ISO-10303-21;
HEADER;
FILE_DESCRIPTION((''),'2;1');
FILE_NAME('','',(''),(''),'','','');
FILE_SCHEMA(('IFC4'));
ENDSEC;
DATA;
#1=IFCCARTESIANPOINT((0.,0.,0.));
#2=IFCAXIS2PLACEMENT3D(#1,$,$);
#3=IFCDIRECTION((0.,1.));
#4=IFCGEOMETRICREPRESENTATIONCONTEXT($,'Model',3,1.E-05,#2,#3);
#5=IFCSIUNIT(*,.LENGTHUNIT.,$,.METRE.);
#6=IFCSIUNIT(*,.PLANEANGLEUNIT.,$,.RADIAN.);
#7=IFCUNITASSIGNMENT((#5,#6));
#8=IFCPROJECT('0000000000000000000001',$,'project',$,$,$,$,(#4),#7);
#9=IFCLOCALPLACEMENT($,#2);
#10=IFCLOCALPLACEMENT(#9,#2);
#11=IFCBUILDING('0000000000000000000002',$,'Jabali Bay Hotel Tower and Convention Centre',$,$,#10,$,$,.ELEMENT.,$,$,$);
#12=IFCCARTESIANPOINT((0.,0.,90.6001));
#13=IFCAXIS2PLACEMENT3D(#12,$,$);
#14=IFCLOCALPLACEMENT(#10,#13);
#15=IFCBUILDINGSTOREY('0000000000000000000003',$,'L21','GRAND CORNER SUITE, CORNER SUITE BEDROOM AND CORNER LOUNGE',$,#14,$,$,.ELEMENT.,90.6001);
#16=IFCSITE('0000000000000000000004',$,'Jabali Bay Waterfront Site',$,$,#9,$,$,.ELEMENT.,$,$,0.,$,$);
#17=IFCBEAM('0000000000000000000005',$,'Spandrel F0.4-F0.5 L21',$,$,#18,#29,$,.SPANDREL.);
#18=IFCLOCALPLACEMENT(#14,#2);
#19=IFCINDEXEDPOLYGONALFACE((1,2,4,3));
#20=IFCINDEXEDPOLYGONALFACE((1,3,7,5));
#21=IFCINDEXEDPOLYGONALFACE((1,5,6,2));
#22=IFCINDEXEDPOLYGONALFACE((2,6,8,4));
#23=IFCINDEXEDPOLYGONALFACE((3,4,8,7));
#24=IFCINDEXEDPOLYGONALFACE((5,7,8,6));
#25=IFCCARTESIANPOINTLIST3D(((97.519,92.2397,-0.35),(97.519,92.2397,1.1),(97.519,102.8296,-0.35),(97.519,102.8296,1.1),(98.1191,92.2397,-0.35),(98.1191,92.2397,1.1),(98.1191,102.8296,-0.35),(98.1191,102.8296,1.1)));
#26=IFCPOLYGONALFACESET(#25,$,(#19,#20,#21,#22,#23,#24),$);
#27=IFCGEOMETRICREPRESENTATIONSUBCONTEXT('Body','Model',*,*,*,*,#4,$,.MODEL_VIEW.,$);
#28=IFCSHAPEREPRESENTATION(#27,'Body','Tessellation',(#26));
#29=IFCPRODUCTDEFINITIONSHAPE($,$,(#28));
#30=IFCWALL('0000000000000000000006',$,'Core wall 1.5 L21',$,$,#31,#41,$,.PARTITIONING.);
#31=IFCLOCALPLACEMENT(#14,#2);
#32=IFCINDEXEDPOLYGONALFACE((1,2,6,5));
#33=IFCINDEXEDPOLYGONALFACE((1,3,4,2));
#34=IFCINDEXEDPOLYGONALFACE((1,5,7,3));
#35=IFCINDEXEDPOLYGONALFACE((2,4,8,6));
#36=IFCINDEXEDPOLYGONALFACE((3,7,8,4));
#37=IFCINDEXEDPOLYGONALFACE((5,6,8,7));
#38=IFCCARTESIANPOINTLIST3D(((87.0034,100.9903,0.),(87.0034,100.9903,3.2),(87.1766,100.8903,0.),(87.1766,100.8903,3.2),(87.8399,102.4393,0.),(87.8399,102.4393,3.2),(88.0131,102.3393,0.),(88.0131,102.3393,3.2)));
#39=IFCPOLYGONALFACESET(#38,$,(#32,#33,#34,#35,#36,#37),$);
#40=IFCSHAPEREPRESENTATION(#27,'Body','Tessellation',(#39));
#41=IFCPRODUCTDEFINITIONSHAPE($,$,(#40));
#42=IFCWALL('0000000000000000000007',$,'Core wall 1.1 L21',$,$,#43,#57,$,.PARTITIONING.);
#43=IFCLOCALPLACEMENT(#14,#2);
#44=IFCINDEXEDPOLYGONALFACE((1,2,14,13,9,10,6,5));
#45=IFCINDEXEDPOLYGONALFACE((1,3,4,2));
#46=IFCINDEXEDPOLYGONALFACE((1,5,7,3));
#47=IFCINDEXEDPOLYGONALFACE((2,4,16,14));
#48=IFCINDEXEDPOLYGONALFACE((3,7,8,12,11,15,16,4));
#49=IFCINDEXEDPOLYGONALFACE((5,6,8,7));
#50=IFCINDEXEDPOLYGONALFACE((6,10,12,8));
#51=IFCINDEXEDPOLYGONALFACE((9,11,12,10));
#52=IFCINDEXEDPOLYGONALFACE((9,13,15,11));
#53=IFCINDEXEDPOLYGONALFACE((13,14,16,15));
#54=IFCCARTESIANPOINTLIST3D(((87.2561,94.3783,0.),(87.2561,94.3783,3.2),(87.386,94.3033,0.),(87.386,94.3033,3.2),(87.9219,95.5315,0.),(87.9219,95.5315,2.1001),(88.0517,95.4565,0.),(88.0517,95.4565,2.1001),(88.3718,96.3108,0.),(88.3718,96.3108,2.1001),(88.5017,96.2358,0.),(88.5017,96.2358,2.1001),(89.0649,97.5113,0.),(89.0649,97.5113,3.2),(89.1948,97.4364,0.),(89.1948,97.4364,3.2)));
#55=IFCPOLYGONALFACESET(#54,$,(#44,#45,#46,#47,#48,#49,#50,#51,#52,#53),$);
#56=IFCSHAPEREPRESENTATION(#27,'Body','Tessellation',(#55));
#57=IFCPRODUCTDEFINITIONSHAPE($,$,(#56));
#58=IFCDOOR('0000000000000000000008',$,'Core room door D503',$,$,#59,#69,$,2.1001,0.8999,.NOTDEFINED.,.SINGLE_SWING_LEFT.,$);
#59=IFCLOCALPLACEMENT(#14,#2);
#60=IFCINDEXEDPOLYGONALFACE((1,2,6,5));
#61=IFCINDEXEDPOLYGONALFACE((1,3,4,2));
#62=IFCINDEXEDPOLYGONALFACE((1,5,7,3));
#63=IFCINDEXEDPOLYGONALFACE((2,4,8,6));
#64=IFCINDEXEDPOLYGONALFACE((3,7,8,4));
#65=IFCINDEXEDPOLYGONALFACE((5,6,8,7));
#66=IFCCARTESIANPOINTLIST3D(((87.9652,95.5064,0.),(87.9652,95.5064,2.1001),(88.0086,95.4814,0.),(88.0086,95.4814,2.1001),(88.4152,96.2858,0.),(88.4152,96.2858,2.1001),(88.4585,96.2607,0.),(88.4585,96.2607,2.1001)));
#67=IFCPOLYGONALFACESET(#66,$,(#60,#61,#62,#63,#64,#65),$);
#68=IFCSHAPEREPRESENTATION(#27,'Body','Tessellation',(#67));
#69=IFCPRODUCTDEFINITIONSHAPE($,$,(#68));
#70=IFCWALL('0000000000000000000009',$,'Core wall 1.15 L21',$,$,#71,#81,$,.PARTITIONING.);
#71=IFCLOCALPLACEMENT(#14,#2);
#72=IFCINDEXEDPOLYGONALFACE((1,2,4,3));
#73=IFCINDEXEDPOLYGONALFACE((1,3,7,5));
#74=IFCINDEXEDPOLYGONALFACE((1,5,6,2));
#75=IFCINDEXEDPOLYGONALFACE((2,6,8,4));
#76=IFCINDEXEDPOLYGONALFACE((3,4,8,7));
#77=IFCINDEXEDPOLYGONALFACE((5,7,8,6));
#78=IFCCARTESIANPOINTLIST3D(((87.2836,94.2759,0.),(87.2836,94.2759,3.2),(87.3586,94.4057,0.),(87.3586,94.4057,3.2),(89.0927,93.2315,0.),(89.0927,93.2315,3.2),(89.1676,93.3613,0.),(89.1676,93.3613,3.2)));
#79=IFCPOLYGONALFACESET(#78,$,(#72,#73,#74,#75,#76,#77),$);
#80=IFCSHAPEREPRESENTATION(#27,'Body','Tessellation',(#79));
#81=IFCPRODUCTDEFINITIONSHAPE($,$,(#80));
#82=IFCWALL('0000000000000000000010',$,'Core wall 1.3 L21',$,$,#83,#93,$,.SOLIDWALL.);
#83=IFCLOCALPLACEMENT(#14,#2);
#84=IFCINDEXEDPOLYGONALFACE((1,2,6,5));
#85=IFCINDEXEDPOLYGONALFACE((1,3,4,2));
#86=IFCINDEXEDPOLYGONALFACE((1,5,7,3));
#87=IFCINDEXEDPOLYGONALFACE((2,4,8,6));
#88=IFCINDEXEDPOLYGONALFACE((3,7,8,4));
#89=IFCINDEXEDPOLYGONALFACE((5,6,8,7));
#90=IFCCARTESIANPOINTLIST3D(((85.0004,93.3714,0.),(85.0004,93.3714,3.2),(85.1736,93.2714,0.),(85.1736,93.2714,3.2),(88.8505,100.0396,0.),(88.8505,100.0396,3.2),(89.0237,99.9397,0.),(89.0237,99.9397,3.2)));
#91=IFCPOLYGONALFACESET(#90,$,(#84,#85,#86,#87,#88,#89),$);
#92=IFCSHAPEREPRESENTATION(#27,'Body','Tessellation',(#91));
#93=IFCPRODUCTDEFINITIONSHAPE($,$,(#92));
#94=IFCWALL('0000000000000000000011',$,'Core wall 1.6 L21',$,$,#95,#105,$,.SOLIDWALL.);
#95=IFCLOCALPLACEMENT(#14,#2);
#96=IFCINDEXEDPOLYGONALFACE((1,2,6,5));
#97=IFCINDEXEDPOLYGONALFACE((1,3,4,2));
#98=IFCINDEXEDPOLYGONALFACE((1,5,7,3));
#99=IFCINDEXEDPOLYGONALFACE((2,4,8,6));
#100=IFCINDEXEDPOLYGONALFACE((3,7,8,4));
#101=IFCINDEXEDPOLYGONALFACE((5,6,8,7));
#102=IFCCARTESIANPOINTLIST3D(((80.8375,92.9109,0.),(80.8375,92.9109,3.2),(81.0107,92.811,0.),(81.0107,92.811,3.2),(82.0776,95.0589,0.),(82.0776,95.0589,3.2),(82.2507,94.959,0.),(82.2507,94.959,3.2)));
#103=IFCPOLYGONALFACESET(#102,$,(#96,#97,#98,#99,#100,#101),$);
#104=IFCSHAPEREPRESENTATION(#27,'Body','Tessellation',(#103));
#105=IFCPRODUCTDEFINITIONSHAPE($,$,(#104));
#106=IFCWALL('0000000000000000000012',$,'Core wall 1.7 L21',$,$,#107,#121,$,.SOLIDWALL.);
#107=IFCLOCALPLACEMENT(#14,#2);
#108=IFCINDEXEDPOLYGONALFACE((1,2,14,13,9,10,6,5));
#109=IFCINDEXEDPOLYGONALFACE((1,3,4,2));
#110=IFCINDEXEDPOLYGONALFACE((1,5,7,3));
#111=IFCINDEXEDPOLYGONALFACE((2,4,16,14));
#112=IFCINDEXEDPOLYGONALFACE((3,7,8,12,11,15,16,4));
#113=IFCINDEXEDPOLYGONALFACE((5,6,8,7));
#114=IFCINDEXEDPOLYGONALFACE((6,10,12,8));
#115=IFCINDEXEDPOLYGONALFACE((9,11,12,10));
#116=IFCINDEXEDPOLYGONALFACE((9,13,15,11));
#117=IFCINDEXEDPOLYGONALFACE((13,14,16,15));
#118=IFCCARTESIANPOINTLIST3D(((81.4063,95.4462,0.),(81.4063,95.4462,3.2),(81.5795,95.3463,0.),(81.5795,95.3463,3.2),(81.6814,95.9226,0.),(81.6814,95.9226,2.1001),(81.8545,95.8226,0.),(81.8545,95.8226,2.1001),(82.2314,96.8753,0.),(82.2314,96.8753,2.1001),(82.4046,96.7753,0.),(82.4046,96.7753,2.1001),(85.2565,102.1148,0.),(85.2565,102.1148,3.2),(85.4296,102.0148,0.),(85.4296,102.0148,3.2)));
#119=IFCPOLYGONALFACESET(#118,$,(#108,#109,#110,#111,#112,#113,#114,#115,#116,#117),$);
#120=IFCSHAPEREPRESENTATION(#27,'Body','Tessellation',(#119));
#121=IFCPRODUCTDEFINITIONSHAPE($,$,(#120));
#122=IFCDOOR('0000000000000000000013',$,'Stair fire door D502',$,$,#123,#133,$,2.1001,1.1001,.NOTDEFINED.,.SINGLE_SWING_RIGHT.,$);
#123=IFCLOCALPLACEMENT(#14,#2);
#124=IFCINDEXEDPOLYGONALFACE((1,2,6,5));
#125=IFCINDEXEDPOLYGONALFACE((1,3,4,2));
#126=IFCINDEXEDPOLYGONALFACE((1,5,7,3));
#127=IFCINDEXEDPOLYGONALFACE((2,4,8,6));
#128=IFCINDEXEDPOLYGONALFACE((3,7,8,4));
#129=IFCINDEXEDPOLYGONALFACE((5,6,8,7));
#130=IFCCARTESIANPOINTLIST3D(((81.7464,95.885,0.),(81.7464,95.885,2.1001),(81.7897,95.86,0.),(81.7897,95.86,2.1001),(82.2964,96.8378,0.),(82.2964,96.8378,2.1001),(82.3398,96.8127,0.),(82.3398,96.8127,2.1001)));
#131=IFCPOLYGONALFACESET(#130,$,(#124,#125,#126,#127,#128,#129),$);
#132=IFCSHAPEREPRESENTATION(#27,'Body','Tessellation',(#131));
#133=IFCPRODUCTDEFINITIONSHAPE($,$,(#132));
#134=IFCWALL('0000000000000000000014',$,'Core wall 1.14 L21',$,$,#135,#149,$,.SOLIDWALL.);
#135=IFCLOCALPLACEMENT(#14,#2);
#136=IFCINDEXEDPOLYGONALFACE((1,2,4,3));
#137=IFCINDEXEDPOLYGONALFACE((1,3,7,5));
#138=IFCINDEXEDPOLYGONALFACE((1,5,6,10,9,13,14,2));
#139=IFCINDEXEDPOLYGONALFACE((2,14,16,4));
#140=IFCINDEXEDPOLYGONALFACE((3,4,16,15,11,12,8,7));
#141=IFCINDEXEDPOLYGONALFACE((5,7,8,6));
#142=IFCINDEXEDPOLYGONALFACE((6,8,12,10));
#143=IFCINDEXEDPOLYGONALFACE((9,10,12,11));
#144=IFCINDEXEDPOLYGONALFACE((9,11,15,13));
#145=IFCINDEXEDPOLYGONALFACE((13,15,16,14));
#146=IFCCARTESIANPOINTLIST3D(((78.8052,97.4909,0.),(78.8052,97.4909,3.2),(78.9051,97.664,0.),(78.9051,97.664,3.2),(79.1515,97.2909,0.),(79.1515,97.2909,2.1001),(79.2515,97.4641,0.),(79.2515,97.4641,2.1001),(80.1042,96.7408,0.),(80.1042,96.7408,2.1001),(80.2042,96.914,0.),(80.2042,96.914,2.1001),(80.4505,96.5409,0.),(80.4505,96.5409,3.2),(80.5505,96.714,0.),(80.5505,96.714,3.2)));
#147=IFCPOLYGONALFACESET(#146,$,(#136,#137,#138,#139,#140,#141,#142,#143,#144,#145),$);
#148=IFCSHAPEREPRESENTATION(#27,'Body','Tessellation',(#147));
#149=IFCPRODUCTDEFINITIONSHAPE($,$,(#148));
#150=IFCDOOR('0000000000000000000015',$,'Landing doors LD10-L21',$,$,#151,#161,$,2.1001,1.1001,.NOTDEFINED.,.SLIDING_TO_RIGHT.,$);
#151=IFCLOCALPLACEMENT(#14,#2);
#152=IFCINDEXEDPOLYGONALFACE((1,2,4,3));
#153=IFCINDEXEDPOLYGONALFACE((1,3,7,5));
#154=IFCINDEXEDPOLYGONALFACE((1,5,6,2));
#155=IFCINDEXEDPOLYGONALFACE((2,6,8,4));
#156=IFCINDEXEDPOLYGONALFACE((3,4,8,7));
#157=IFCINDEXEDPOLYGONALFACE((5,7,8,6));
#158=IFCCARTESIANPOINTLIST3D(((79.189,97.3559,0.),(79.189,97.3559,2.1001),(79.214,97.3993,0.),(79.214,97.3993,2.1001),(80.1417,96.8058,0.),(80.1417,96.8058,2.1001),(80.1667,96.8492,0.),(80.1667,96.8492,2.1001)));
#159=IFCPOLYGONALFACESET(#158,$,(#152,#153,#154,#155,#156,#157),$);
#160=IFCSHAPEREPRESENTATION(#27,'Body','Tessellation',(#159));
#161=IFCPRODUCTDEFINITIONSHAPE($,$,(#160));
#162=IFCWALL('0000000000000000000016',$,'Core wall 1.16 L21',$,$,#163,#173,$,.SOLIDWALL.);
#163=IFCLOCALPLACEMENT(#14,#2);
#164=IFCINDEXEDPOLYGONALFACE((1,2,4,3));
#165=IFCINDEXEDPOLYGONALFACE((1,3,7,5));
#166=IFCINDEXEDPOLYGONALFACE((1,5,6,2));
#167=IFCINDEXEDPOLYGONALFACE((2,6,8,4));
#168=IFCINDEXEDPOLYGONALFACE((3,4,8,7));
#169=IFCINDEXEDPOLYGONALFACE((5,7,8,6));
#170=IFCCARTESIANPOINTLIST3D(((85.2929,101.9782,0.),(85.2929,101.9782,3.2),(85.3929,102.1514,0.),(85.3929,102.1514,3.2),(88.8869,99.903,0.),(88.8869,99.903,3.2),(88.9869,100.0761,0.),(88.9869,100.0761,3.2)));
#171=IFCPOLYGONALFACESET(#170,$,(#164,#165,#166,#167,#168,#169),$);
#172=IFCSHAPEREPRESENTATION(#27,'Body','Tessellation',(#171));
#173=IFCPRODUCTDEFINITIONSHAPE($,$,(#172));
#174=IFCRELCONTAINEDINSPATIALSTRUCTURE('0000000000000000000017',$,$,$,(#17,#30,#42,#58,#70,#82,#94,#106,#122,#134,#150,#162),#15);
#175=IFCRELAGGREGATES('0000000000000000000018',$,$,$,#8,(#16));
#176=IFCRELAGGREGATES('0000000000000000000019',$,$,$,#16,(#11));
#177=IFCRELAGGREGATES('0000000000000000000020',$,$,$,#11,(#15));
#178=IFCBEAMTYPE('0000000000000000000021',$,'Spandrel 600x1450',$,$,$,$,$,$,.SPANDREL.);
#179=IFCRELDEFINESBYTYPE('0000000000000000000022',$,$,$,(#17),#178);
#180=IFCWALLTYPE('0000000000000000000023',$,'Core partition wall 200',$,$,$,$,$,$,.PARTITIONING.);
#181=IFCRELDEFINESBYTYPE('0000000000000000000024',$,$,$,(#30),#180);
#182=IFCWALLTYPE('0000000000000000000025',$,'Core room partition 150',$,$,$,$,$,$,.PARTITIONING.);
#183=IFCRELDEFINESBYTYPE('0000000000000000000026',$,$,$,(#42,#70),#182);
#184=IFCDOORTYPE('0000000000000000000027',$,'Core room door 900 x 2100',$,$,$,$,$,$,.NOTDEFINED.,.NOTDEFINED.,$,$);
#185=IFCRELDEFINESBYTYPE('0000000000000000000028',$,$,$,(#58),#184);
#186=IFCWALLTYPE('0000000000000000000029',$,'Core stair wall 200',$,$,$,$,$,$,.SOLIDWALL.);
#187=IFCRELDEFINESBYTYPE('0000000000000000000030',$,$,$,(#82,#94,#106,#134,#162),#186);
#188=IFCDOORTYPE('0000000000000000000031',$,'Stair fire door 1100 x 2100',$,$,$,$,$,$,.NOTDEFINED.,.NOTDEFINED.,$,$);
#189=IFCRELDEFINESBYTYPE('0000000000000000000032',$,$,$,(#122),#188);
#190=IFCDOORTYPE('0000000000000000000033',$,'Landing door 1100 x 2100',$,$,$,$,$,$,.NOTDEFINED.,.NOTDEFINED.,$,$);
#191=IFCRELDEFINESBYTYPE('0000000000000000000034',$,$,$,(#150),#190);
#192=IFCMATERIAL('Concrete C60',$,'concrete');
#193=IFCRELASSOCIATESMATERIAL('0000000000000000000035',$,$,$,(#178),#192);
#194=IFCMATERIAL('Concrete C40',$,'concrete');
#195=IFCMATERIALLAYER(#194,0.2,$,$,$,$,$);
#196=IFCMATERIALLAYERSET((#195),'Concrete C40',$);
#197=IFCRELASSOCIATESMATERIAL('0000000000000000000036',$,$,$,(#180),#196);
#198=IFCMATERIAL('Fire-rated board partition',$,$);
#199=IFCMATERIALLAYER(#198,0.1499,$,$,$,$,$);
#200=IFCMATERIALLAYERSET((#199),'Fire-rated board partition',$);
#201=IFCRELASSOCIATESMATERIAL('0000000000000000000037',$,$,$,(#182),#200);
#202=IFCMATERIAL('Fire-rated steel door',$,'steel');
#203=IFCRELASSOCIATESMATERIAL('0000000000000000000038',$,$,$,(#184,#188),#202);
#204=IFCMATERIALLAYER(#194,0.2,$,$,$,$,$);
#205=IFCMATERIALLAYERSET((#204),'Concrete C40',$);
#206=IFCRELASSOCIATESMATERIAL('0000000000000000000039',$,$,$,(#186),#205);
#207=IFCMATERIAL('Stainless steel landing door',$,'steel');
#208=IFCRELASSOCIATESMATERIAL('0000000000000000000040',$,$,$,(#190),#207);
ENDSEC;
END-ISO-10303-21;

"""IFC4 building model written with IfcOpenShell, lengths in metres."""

from ifc_helpers import new_model, si_unit, direction, frame, frame_2d, origin, origin_2d, place, context, subcontext, project, spatial, rectangle, extrude, material, layer, layer_set, material_profile, profile_set, type_object, element, fill, save


model = new_model("IFC4")

# Units and contexts
model_context = context("Model", 3, precision=1e-05, world=origin(), true_north=direction((0.0, 1.0)))
body_context = subcontext(model_context, "Body", "Model", "MODEL_VIEW")
ifc_project = project(units=[si_unit("LENGTHUNIT", "METRE"), si_unit("PLANEANGLEUNIT", "RADIAN")], contexts=[model_context])

# Site, building, storey
site_placement = place(None, origin())
site = spatial("IfcSite", under=ifc_project, at=site_placement, Name="Jabali Bay Waterfront Site", CompositionType="ELEMENT", RefElevation=0.0)
building_placement = place(site_placement, origin())
building = spatial("IfcBuilding", under=site, at=building_placement, Name="Jabali Bay Hotel Tower and Convention Centre", CompositionType="ELEMENT")
storey_placement = place(building_placement, frame((0.0, 0.0, 90.6001)))
storey = spatial("IfcBuildingStorey", under=building, at=storey_placement, Name="L21", Description="GRAND CORNER SUITE, CORNER SUITE BEDROOM AND CORNER LOUNGE", CompositionType="ELEMENT", Elevation=90.6001)

# Beam
ifc_material_1 = material(Name="Concrete C60", Category="concrete")
ifc_material_profile = material_profile(ifc_material_1, rectangle(XDim=0.6001, YDim=1.45, at=origin_2d()), Name="Spandrel 600x1450")
ifc_profile_set = profile_set([ifc_material_profile], Name="Concrete C60")
beam_type = type_object("IfcBeamType", Name="Spandrel 600x1450", PredefinedType="SPANDREL", material=ifc_profile_set)
beam_placement = place(storey_placement, frame((97.8191, 92.2397, 0.375), z_axis=(0.0, 1.0, 0.0), x_axis=(-1.0, 0.0, 0.0)))
element("IfcBeam", 1, at=beam_placement, inside=storey, type_object=beam_type, Name="Spandrel F0.4-F0.5 L21", PredefinedType="SPANDREL", context=body_context, shape_type="SweptSolid", body=[
    extrude(rectangle(XDim=0.6001, YDim=1.45, at=origin_2d()), origin(), (0.0, 0.0, 1.0), 10.5898),
])

# Wall
ifc_material_2 = material(Name="Concrete C40", Category="concrete")
ifc_layer_1 = layer(ifc_material_2, 0.2)
ifc_layer_set_1 = layer_set([ifc_layer_1], Name="Concrete C40")
wall_type_1 = type_object("IfcWallType", Name="Core partition wall 200", PredefinedType="PARTITIONING", material=ifc_layer_set_1)
wall_1_placement = place(storey_placement, frame((87.0901, 100.9404, 0.0), z_axis=(0.0, 0.0, 1.0), x_axis=(0.499937, 0.866062, 0.0)))
element("IfcWall", 2, at=wall_1_placement, inside=storey, type_object=wall_type_1, Name="Core wall 1.5 L21", PredefinedType="PARTITIONING", context=body_context, shape_type="SweptSolid", body=[
    extrude(rectangle(XDim=1.6731, YDim=0.2, at=frame_2d((0.8364, 0.0))), origin(), (0.0, 0.0, 1.0), 3.2),
])

# Wall, opening, door
ifc_material_3 = material(Name="Fire-rated board partition")
ifc_layer_2 = layer(ifc_material_3, 0.1499)
ifc_layer_set_2 = layer_set([ifc_layer_2], Name="Fire-rated board partition")
wall_type_2 = type_object("IfcWallType", Name="Core room partition 150", PredefinedType="PARTITIONING", material=ifc_layer_set_2)
wall_2_placement = place(storey_placement, frame((87.321, 94.3408, 0.0), z_axis=(0.0, 0.0, 1.0), x_axis=(0.499993, 0.866029, 0.0)))
wall_2 = element("IfcWall", 3, at=wall_2_placement, inside=storey, type_object=wall_type_2, Name="Core wall 1.1 L21", PredefinedType="PARTITIONING", context=body_context, shape_type="SweptSolid", body=[
    extrude(rectangle(XDim=3.6177, YDim=0.1499, at=frame_2d((1.8088, 0.0))), origin(), (0.0, 0.0, 1.0), 3.2),
])
opening_1_placement = place(wall_2_placement, frame((1.3315, 0.0, 0.0)))
opening_1 = element("IfcOpeningElement", 4, at=opening_1_placement, cuts=wall_2, PredefinedType="OPENING", context=body_context, shape_type="SweptSolid", body=[
    extrude(rectangle(XDim=0.8999, YDim=2.1001, at=frame_2d((0.45, 1.05))), frame((0.0, 0.0854, 0.0), z_axis=(0.0, -1.0, 0.0), x_axis=(1.0, 0.0, 0.0)), (0.0, 0.0, 1.0), 0.1709),
])
ifc_material_4 = material(Name="Fire-rated steel door", Category="steel")
door_type_1 = type_object("IfcDoorType", Name="Core room door 900 x 2100", OperationType="NOTDEFINED", PredefinedType="NOTDEFINED", material=ifc_material_4)
door_1_placement = place(opening_1_placement, origin())
door_1 = element("IfcDoor", 5, at=door_1_placement, inside=storey, type_object=door_type_1, Name="Core room door D503", OperationType="SINGLE_SWING_LEFT", OverallHeight=2.1001, OverallWidth=0.8999, PredefinedType="NOTDEFINED", context=body_context, shape_type="SweptSolid", body=[
    extrude(rectangle(XDim=0.8999, YDim=2.1001, at=frame_2d((0.45, 1.05))), frame((0.0, 0.0249, 0.0), z_axis=(0.0, -1.0, 0.0), x_axis=(1.0, 0.0, 0.0)), (0.0, 0.0, 1.0), 0.05),
])
fill(opening_1, door_1)

# Walls
wall_3_placement = place(storey_placement, frame((89.1301, 93.2964, 0.0), z_axis=(0.0, 0.0, 1.0), x_axis=(-0.866034, 0.499985, 0.0)))
element("IfcWall", 6, at=wall_3_placement, inside=storey, type_object=wall_type_2, Name="Core wall 1.15 L21", PredefinedType="PARTITIONING", context=body_context, shape_type="SweptSolid", body=[
    extrude(rectangle(XDim=2.0889, YDim=0.1499, at=frame_2d((1.0444, 0.0))), origin(), (0.0, 0.0, 1.0), 3.2),
])
ifc_layer_3 = layer(ifc_material_2, 0.2)
ifc_layer_set_3 = layer_set([ifc_layer_3], Name="Concrete C40")
wall_type_3 = type_object("IfcWallType", Name="Core stair wall 200", PredefinedType="SOLIDWALL", material=ifc_layer_set_3)
wall_4_placement = place(storey_placement, frame((85.0869, 93.3213, 0.0), z_axis=(0.0, 0.0, 1.0), x_axis=(0.50002, 0.866014, 0.0)))
element("IfcWall", 7, at=wall_4_placement, inside=storey, type_object=wall_type_3, Name="Core wall 1.3 L21", PredefinedType="SOLIDWALL", context=body_context, shape_type="SweptSolid", body=[
    extrude(rectangle(XDim=7.7, YDim=0.2, at=frame_2d((3.8501, 0.0))), origin(), (0.0, 0.0, 1.0), 3.2),
])
wall_5_placement = place(storey_placement, frame((80.9241, 92.8608, 0.0), z_axis=(0.0, 0.0, 1.0), x_axis=(0.499961, 0.866048, 0.0)))
element("IfcWall", 8, at=wall_5_placement, inside=storey, type_object=wall_type_3, Name="Core wall 1.6 L21", PredefinedType="SOLIDWALL", context=body_context, shape_type="SweptSolid", body=[
    extrude(rectangle(XDim=2.4802, YDim=0.2, at=frame_2d((1.2402, 0.0))), origin(), (0.0, 0.0, 1.0), 3.2),
])

# Walls, openings, doors
wall_6_placement = place(storey_placement, frame((81.4929, 95.3962, 0.0), z_axis=(0.0, 0.0, 1.0), x_axis=(0.500006, 0.866022, 0.0)))
wall_6 = element("IfcWall", 9, at=wall_6_placement, inside=storey, type_object=wall_type_3, Name="Core wall 1.7 L21", PredefinedType="SOLIDWALL", context=body_context, shape_type="SweptSolid", body=[
    extrude(rectangle(XDim=7.7002, YDim=0.2, at=frame_2d((3.8501, 0.0))), origin(), (0.0, 0.0, 1.0), 3.2),
])
opening_2_placement = place(wall_6_placement, frame((0.55, 0.0, 0.0)))
opening_2 = element("IfcOpeningElement", 10, at=opening_2_placement, cuts=wall_6, PredefinedType="OPENING", context=body_context, shape_type="SweptSolid", body=[
    extrude(rectangle(XDim=1.1001, YDim=2.1001, at=frame_2d((0.55, 1.05))), frame((0.0, 0.1104, 0.0), z_axis=(0.0, -1.0, 0.0), x_axis=(1.0, 0.0, 0.0)), (0.0, 0.0, 1.0), 0.2209),
])
door_type_2 = type_object("IfcDoorType", Name="Stair fire door 1100 x 2100", OperationType="NOTDEFINED", PredefinedType="NOTDEFINED", material=ifc_material_4)
door_2_placement = place(opening_2_placement, origin())
door_2 = element("IfcDoor", 11, at=door_2_placement, inside=storey, type_object=door_type_2, Name="Stair fire door D502", OperationType="SINGLE_SWING_RIGHT", OverallHeight=2.1001, OverallWidth=1.1001, PredefinedType="NOTDEFINED", context=body_context, shape_type="SweptSolid", body=[
    extrude(rectangle(XDim=1.1001, YDim=2.1001, at=frame_2d((0.55, 1.05))), frame((0.0, 0.0249, 0.0), z_axis=(0.0, -1.0, 0.0), x_axis=(1.0, 0.0, 0.0)), (0.0, 0.0, 1.0), 0.05),
])
fill(opening_2, door_2)
wall_7_placement = place(storey_placement, frame((80.5005, 96.6274, 0.0), z_axis=(0.0, 0.0, 1.0), x_axis=(-0.866012, 0.500023, 0.0)))
wall_7 = element("IfcWall", 12, at=wall_7_placement, inside=storey, type_object=wall_type_3, Name="Core wall 1.14 L21", PredefinedType="SOLIDWALL", context=body_context, shape_type="SweptSolid", body=[
    extrude(rectangle(XDim=1.8999, YDim=0.2, at=frame_2d((0.95, 0.0))), origin(), (0.0, 0.0, 1.0), 3.2),
])
opening_3_placement = place(wall_7_placement, frame((0.3999, 0.0, 0.0)))
opening_3 = element("IfcOpeningElement", 13, at=opening_3_placement, cuts=wall_7, PredefinedType="OPENING", context=body_context, shape_type="SweptSolid", body=[
    extrude(rectangle(XDim=1.1001, YDim=2.1001, at=frame_2d((0.55, 1.05))), frame((0.0, 0.1104, 0.0), z_axis=(0.0, -1.0, 0.0), x_axis=(1.0, 0.0, 0.0)), (0.0, 0.0, 1.0), 0.2209),
])
ifc_material_5 = material(Name="Stainless steel landing door", Category="steel")
door_type_3 = type_object("IfcDoorType", Name="Landing door 1100 x 2100", OperationType="NOTDEFINED", PredefinedType="NOTDEFINED", material=ifc_material_5)
door_3_placement = place(opening_3_placement, origin())
door_3 = element("IfcDoor", 14, at=door_3_placement, inside=storey, type_object=door_type_3, Name="Landing doors LD10-L21", OperationType="SLIDING_TO_RIGHT", OverallHeight=2.1001, OverallWidth=1.1001, PredefinedType="NOTDEFINED", context=body_context, shape_type="SweptSolid", body=[
    extrude(rectangle(XDim=1.1001, YDim=2.1001, at=frame_2d((0.55, 1.05))), frame((0.0, 0.0249, 0.0), z_axis=(0.0, -1.0, 0.0), x_axis=(1.0, 0.0, 0.0)), (0.0, 0.0, 1.0), 0.05),
])
fill(opening_3, door_3)

# Wall
wall_8_placement = place(storey_placement, frame((88.937, 99.9895, 0.0), z_axis=(0.0, 0.0, 1.0), x_axis=(-0.866004, 0.500036, 0.0)))
element("IfcWall", 15, at=wall_8_placement, inside=storey, type_object=wall_type_3, Name="Core wall 1.16 L21", PredefinedType="SOLIDWALL", context=body_context, shape_type="SweptSolid", body=[
    extrude(rectangle(XDim=4.1501, YDim=0.2, at=frame_2d((2.0752, 0.0))), origin(), (0.0, 0.0, 1.0), 3.2),
])

save(model, "model.ifc")
